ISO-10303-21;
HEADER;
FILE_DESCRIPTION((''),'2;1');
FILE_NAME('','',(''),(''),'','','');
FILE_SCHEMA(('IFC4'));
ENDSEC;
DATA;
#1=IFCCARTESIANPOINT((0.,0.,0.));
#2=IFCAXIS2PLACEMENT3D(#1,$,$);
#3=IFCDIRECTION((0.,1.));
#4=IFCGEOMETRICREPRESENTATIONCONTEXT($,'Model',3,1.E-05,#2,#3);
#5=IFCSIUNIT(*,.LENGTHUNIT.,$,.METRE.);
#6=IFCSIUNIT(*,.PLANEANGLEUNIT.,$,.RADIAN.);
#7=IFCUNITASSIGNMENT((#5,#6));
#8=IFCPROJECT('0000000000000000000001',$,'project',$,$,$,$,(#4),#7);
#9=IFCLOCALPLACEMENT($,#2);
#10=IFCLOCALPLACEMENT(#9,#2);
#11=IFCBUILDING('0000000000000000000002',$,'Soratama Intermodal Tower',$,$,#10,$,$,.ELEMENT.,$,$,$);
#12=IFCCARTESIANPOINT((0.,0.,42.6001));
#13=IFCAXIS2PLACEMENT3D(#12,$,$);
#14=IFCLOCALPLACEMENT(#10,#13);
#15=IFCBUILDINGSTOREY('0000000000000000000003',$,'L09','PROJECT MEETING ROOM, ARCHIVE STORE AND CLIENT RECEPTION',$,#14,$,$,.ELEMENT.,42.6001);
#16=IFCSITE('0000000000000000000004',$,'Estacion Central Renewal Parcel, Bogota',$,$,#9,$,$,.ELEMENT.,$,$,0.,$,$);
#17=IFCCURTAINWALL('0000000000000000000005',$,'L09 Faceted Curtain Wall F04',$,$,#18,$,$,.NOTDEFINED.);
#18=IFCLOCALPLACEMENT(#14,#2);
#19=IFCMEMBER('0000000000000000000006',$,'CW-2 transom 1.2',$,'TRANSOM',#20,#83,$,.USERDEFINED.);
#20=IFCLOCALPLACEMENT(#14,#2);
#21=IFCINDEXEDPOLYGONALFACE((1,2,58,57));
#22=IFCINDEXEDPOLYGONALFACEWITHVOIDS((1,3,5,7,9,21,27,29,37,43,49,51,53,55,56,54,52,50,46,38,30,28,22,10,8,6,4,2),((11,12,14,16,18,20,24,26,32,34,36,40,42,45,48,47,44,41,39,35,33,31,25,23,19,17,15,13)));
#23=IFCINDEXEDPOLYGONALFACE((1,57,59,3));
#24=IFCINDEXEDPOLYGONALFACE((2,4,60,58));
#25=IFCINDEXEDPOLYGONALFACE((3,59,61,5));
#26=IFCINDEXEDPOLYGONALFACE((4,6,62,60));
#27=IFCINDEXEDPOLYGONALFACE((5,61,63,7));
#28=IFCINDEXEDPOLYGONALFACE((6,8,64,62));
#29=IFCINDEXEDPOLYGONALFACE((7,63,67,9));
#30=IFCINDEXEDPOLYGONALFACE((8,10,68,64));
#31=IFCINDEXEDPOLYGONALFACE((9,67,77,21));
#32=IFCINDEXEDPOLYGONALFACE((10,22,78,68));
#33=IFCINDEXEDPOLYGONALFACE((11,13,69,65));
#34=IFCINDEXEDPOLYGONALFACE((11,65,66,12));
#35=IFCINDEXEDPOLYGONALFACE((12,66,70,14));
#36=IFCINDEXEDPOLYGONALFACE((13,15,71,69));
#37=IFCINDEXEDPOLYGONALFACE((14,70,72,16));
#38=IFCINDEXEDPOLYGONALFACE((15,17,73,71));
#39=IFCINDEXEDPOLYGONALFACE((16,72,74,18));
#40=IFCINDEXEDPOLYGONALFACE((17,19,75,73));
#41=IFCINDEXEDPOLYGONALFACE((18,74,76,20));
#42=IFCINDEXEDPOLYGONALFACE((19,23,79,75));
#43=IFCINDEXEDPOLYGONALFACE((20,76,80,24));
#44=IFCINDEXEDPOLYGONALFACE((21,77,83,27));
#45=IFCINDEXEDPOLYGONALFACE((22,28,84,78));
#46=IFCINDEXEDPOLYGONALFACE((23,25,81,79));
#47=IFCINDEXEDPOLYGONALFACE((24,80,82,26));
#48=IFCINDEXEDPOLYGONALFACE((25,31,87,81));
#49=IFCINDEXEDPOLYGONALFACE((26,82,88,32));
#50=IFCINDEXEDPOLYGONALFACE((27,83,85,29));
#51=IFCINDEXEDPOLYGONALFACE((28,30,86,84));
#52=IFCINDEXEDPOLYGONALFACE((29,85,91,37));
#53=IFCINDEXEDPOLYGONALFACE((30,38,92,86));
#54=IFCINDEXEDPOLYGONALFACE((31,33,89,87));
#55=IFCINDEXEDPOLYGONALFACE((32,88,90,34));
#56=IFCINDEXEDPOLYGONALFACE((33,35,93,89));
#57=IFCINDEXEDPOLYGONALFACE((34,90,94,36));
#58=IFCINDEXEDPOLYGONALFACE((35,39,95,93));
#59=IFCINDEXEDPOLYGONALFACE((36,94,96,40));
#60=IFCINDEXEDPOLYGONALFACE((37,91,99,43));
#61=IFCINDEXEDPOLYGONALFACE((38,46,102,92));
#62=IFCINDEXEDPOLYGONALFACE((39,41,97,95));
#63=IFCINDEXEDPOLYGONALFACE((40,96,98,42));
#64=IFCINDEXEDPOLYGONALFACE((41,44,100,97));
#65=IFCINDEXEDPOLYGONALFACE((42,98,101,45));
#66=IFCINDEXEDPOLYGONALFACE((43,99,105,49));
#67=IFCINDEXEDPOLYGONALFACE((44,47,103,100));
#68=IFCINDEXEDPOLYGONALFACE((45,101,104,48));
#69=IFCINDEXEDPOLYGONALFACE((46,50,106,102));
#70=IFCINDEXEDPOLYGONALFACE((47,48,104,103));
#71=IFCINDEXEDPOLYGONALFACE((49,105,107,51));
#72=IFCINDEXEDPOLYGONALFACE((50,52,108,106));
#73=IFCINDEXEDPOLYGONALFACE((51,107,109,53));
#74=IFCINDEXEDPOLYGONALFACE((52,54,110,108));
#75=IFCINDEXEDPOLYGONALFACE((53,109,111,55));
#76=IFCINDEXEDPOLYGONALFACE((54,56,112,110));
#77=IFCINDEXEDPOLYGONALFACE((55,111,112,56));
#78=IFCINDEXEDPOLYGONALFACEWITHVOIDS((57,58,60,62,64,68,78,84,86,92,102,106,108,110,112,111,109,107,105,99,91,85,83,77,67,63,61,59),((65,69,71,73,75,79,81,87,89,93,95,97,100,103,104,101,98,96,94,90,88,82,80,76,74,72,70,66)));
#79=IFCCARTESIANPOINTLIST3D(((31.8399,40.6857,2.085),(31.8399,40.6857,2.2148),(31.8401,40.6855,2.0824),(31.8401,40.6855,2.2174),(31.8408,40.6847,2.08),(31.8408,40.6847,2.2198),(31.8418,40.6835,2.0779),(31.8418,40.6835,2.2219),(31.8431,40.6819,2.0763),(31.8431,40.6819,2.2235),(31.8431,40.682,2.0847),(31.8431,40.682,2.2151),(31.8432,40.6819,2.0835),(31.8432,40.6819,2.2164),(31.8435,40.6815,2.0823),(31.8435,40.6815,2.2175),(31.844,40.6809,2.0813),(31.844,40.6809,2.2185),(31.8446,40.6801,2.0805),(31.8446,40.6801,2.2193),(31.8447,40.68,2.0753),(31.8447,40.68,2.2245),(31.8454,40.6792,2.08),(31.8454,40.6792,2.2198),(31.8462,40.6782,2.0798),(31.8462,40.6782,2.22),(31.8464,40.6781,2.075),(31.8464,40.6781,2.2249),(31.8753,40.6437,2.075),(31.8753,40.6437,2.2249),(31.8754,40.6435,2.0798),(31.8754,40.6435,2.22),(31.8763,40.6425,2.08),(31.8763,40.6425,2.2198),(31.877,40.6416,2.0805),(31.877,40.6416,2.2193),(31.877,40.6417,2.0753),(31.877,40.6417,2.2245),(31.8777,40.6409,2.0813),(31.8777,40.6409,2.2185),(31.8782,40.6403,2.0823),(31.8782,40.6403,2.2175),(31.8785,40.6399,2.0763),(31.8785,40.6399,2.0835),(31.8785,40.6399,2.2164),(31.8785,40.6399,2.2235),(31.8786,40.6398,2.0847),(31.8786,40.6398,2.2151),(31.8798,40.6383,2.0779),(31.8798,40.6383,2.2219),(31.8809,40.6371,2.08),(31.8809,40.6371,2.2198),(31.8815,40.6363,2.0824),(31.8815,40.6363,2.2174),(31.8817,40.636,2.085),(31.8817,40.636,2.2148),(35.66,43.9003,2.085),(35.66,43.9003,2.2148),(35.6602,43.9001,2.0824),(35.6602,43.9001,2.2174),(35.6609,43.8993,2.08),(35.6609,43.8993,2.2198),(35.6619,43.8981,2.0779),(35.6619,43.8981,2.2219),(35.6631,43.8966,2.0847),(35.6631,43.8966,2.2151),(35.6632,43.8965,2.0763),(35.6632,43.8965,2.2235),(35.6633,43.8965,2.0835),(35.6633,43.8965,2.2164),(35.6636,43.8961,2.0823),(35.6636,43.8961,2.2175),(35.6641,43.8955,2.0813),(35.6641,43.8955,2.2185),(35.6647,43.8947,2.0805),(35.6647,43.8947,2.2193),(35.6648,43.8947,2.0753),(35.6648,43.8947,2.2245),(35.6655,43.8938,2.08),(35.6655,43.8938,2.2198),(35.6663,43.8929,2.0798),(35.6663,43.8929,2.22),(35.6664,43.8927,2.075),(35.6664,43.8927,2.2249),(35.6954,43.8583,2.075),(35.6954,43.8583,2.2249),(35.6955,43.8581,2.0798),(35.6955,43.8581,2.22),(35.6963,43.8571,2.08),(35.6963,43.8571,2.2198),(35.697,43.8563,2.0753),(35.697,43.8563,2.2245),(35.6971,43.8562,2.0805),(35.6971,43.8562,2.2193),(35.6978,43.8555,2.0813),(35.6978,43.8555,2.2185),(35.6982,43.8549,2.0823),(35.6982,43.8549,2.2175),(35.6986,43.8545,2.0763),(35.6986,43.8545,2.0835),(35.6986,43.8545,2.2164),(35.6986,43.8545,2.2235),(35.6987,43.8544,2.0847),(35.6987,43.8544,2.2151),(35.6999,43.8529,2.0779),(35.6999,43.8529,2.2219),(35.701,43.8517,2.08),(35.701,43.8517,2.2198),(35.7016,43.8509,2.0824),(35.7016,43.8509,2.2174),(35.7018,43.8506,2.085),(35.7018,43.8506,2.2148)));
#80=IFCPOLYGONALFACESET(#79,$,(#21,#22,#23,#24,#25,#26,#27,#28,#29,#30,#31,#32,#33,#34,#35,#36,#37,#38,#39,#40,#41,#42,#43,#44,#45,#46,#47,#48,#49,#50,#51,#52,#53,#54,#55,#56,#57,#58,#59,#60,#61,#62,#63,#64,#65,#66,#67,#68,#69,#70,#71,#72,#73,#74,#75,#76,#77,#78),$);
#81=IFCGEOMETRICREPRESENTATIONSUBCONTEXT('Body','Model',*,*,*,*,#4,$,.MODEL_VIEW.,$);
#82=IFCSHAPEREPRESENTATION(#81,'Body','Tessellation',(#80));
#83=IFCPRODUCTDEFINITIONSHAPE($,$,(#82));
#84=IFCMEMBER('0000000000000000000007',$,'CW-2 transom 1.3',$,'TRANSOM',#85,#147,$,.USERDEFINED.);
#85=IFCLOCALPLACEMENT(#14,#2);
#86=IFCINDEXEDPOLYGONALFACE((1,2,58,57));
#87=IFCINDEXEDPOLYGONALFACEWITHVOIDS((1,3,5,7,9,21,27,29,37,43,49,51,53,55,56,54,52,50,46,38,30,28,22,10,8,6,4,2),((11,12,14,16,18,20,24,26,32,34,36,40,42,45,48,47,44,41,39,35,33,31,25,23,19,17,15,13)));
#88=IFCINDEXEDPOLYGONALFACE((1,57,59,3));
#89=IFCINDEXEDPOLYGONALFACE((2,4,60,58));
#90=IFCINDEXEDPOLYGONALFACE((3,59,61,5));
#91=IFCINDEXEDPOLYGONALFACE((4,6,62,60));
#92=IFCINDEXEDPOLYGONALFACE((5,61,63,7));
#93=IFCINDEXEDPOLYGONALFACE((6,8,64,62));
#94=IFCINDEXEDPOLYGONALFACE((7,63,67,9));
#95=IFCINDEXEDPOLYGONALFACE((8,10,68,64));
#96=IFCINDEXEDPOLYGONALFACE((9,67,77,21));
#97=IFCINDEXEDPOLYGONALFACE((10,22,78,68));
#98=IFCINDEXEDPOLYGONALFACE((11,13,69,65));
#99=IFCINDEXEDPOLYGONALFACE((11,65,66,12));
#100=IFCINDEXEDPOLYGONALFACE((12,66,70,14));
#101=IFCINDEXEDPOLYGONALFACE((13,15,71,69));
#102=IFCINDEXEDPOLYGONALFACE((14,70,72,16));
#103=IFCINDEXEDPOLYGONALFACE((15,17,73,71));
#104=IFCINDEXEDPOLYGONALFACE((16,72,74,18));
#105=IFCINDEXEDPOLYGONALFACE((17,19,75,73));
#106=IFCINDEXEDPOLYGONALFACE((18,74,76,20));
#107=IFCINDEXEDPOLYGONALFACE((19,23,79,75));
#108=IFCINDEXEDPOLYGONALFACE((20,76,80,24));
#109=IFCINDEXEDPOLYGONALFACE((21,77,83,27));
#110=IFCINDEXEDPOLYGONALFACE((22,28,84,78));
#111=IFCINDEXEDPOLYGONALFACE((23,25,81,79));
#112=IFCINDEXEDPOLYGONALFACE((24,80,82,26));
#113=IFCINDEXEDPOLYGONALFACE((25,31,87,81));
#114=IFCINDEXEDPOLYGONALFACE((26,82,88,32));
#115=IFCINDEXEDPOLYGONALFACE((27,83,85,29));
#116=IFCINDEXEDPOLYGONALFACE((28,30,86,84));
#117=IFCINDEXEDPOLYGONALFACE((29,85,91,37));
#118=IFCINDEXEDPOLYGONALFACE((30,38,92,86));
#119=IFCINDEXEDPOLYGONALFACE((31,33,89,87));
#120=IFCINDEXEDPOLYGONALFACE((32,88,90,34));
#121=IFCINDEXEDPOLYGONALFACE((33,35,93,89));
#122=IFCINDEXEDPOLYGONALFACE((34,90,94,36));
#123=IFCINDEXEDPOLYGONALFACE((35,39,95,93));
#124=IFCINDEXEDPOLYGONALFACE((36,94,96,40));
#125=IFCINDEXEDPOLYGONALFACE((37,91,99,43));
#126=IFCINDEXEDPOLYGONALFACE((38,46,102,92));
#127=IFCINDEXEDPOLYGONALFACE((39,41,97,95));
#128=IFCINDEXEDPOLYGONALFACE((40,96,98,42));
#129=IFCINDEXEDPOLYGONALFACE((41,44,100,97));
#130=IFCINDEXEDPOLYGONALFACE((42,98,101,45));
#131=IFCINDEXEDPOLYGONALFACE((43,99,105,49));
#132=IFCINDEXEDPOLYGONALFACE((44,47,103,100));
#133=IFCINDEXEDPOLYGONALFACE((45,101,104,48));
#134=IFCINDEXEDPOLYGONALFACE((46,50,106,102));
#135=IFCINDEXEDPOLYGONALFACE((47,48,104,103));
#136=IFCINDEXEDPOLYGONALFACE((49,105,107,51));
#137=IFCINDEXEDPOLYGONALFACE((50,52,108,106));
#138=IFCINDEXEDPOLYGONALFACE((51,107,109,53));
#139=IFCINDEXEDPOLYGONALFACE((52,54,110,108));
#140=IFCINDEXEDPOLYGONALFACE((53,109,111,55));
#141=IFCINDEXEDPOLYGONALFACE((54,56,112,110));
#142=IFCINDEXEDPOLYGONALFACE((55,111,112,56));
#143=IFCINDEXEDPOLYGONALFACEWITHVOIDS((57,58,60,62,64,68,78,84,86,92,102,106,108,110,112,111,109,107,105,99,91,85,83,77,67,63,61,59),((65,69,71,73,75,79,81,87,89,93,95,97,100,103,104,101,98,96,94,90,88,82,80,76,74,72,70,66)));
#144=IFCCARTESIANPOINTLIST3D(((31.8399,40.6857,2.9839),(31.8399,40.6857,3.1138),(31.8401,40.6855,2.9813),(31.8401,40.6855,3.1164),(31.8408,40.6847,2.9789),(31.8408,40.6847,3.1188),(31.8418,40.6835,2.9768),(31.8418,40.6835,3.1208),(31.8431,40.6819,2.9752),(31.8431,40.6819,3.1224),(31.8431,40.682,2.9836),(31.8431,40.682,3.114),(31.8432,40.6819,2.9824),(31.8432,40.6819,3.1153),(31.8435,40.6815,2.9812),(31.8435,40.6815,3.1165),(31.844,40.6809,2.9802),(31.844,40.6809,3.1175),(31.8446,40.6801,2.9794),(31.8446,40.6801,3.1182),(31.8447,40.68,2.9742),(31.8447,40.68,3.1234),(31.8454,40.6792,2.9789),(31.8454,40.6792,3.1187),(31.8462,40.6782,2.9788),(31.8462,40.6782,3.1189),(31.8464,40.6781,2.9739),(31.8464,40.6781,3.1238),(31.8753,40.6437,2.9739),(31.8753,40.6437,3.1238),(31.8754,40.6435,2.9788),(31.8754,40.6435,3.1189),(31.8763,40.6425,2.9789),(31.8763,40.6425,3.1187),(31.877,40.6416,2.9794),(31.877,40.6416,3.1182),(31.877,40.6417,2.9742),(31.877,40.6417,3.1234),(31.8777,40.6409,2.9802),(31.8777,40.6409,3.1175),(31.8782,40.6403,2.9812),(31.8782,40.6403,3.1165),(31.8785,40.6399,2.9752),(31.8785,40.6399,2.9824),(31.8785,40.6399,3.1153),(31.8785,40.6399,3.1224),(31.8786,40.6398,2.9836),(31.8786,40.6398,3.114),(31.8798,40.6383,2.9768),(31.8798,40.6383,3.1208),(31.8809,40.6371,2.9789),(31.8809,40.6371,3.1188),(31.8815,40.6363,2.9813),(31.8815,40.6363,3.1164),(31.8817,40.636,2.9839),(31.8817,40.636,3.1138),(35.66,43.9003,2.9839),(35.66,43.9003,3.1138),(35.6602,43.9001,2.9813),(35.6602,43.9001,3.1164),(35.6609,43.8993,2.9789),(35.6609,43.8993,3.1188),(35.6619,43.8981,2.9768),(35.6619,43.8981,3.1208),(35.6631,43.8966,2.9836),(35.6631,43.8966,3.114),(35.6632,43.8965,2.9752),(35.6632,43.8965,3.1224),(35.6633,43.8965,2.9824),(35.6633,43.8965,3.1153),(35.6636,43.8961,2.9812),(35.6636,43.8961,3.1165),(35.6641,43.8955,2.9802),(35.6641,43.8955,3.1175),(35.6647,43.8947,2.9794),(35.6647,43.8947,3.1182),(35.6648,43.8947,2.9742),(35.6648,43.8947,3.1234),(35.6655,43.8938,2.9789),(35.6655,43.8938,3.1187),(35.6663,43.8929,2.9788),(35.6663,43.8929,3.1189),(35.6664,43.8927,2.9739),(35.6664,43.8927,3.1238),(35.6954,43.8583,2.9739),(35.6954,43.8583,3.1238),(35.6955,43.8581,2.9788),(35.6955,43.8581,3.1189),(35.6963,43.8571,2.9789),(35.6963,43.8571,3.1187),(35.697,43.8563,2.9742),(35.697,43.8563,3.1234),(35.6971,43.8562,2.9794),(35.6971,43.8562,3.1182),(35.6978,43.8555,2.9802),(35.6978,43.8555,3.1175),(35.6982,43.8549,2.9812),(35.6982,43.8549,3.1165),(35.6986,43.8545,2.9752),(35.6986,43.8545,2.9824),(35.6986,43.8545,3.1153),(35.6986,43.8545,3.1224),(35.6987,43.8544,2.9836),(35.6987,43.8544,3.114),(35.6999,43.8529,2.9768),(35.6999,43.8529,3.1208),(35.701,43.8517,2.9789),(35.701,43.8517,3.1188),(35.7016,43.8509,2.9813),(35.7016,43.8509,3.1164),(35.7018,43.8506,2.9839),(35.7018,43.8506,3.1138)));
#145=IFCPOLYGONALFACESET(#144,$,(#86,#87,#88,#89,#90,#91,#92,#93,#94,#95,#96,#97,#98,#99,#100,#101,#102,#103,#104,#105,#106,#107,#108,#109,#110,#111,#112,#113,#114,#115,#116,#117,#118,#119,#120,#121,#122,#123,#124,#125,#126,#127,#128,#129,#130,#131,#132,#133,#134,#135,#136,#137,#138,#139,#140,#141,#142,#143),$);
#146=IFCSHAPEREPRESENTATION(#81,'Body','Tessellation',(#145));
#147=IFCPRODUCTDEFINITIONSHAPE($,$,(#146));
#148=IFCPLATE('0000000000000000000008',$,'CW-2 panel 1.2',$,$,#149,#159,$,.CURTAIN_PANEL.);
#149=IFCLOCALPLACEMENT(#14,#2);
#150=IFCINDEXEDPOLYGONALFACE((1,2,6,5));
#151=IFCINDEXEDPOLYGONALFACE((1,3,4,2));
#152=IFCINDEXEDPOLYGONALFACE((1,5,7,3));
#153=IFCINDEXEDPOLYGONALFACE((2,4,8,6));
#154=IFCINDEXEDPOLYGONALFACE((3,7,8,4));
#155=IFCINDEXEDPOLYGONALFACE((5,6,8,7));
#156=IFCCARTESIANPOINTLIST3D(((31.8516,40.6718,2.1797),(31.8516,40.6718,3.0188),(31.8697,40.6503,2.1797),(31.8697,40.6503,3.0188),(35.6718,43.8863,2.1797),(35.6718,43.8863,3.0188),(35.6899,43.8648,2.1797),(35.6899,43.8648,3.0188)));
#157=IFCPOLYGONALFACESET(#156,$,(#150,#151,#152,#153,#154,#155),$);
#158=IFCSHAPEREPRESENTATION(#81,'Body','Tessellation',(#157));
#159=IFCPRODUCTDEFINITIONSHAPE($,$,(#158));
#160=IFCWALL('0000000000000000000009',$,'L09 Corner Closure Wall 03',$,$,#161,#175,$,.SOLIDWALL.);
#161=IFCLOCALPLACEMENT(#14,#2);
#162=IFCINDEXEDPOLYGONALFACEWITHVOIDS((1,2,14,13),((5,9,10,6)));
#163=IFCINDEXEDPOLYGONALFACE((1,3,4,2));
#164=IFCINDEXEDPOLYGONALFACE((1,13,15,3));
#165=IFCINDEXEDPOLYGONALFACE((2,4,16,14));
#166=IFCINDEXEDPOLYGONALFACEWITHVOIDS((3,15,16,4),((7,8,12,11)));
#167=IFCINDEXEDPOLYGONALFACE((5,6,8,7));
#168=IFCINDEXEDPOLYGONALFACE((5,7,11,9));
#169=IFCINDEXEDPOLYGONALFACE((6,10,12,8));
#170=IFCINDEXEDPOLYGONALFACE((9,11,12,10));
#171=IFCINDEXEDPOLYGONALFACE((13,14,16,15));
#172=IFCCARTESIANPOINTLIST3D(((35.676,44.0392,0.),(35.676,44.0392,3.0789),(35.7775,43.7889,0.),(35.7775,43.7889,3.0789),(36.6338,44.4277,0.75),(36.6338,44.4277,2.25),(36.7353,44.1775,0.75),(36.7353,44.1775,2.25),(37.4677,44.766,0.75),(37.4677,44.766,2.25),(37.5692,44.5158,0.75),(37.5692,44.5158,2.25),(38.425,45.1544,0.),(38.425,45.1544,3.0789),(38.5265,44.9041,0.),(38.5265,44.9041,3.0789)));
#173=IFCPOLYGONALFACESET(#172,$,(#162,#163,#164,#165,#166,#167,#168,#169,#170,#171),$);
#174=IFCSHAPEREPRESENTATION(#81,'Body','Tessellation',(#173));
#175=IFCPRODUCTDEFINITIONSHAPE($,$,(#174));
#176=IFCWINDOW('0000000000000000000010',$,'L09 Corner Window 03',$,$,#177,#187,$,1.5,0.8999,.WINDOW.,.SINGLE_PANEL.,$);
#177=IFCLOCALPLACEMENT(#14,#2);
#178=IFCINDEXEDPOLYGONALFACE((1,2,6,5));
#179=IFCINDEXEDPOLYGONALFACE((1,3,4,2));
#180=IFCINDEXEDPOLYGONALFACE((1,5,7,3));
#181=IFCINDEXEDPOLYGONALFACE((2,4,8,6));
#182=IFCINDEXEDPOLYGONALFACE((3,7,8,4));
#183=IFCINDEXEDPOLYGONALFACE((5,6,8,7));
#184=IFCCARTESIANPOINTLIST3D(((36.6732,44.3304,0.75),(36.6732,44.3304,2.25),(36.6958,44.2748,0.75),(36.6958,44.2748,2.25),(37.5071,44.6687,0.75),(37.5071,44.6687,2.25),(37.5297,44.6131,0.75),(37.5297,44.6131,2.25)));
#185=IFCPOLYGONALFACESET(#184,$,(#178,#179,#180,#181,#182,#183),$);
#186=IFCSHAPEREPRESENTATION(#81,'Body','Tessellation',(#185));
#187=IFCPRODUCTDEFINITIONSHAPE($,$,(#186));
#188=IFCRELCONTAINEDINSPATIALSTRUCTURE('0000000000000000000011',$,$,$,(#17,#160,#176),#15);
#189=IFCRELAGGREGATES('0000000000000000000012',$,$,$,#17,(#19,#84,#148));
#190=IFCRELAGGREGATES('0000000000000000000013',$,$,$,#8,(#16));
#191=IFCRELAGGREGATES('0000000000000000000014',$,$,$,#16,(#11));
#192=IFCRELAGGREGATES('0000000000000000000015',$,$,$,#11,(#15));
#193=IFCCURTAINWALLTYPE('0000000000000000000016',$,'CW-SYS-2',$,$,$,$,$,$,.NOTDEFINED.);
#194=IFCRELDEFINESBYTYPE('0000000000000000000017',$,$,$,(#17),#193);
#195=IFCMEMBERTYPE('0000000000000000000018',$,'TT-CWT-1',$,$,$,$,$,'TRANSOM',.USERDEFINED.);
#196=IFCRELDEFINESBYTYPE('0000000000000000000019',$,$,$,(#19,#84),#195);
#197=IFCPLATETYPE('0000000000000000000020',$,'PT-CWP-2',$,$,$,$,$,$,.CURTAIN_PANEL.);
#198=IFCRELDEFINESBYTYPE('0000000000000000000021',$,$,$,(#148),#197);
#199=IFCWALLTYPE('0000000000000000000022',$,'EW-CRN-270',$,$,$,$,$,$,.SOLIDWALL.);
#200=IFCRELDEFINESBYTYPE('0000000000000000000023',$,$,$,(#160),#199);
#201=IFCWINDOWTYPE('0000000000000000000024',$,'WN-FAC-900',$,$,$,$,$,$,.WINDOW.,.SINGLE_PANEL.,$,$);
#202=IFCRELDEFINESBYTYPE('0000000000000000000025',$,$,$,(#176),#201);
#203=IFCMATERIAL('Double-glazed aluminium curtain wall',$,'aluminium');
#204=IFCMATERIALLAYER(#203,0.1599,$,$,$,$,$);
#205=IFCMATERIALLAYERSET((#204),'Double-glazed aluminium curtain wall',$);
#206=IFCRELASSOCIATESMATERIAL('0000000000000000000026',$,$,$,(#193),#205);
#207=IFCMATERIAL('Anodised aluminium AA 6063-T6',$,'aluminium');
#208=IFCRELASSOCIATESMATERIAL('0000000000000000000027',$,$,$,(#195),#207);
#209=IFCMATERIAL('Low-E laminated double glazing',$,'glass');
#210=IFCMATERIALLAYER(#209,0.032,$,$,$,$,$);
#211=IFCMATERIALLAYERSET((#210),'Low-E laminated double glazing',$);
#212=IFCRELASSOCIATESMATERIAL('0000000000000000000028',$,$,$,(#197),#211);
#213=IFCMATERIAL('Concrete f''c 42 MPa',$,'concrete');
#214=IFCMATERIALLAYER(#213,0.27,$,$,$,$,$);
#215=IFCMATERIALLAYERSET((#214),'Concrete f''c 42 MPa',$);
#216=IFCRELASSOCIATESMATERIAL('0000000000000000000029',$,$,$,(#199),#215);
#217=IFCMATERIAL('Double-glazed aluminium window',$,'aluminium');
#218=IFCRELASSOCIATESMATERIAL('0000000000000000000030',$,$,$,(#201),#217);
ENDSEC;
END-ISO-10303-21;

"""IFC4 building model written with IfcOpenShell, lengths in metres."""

from ifc_helpers import new_model, si_unit, direction, frame, frame_2d, origin, origin_2d, place, context, subcontext, project, spatial, rectangle, hollow_rectangle, extrude, material, layer, layer_set, material_profile, profile_set, type_object, element, fill, aggregate, save


model = new_model("IFC4")

# Units and contexts
model_context = context("Model", 3, precision=1e-05, world=origin(), true_north=direction((0.0, 1.0)))
body_context = subcontext(model_context, "Body", "Model", "MODEL_VIEW")
ifc_project = project(units=[si_unit("LENGTHUNIT", "METRE"), si_unit("PLANEANGLEUNIT", "RADIAN")], contexts=[model_context])

# Site, building, storey
site_placement = place(None, origin())
site = spatial("IfcSite", under=ifc_project, at=site_placement, Name="Estacion Central Renewal Parcel, Bogota", CompositionType="ELEMENT", RefElevation=0.0)
building_placement = place(site_placement, origin())
building = spatial("IfcBuilding", under=site, at=building_placement, Name="Soratama Intermodal Tower", CompositionType="ELEMENT")
storey_placement = place(building_placement, frame((0.0, 0.0, 42.6001)))
storey = spatial("IfcBuildingStorey", under=building, at=storey_placement, Name="L09", Description="PROJECT MEETING ROOM, ARCHIVE STORE AND CLIENT RECEPTION", CompositionType="ELEMENT", Elevation=42.6001)

# Curtain wall, members, plate
ifc_material_1 = material(Name="Double-glazed aluminium curtain wall", Category="aluminium")
ifc_layer_1 = layer(ifc_material_1, 0.1599)
ifc_layer_set_1 = layer_set([ifc_layer_1], Name="Double-glazed aluminium curtain wall")
curtain_wall_type = type_object("IfcCurtainWallType", Name="CW-SYS-2", PredefinedType="NOTDEFINED", material=ifc_layer_set_1)
curtain_wall_placement = place(storey_placement, origin())
curtain_wall = element("IfcCurtainWall", 1, at=curtain_wall_placement, inside=storey, type_object=curtain_wall_type, Name="L09 Faceted Curtain Wall F04", PredefinedType="NOTDEFINED")
ifc_material_2 = material(Name="Anodised aluminium AA 6063-T6", Category="aluminium")
ifc_material_profile_1 = material_profile(ifc_material_2, hollow_rectangle(XDim=0.0649, YDim=0.1499, WallThickness=0.0049, InnerFilletRadius=0.0049, OuterFilletRadius=0.01, at=origin_2d()), Name="CWT150X65X5")
ifc_profile_set_1 = profile_set([ifc_material_profile_1], Name="Anodised aluminium AA 6063-T6")
member_type_1 = type_object("IfcMemberType", Name="TT-CWT-1", ElementType="TRANSOM", PredefinedType="USERDEFINED", material=ifc_profile_set_1)
member_1_placement = place(storey_placement, frame((35.6809, 43.8755, 2.1499), z_axis=(-0.765138, -0.643866, 0.0), x_axis=(0.643866, -0.765138, 0.0)))
member_1 = element("IfcMember", 2, at=member_1_placement, type_object=member_type_1, Name="CW-2 transom 1.2", ObjectType="TRANSOM", PredefinedType="USERDEFINED", context=body_context, shape_type="SweptSolid", body=[
    extrude(hollow_rectangle(XDim=0.0649, YDim=0.1499, WallThickness=0.0049, InnerFilletRadius=0.0049, OuterFilletRadius=0.01, at=origin_2d()), origin(), (0.0, 0.0, 1.0), 4.9927),
])
member_2_placement = place(storey_placement, frame((35.6809, 43.8755, 3.0488), z_axis=(-0.765138, -0.643866, 0.0), x_axis=(0.643866, -0.765138, 0.0)))
member_2 = element("IfcMember", 3, at=member_2_placement, type_object=member_type_1, Name="CW-2 transom 1.3", ObjectType="TRANSOM", PredefinedType="USERDEFINED", context=body_context, shape_type="SweptSolid", body=[
    extrude(hollow_rectangle(XDim=0.0649, YDim=0.1499, WallThickness=0.0049, InnerFilletRadius=0.0049, OuterFilletRadius=0.01, at=origin_2d()), origin(), (0.0, 0.0, 1.0), 4.9927),
])
ifc_material_3 = material(Name="Low-E laminated double glazing", Category="glass")
ifc_layer_2 = layer(ifc_material_3, 0.032)
ifc_layer_set_2 = layer_set([ifc_layer_2], Name="Low-E laminated double glazing")
plate_type = type_object("IfcPlateType", Name="PT-CWP-2", PredefinedType="CURTAIN_PANEL", material=ifc_layer_set_2)
plate_placement = place(storey_placement, frame((33.7708, 42.2683, 2.1797), z_axis=(0.0, 0.0, 1.0), x_axis=(-0.765149, -0.643853, 0.0)))
plate = element("IfcPlate", 4, at=plate_placement, type_object=plate_type, Name="CW-2 panel 1.2", PredefinedType="CURTAIN_PANEL", context=body_context, shape_type="SweptSolid", body=[
    extrude(rectangle(XDim=4.9927, YDim=0.0281, at=origin_2d()), origin(), (0.0, 0.0, 1.0), 0.8391),
])
aggregate(curtain_wall, [member_1, member_2, plate])

# Wall, opening, window
ifc_material_4 = material(Name="Concrete f'c 42 MPa", Category="concrete")
ifc_layer_3 = layer(ifc_material_4, 0.27)
ifc_layer_set_3 = layer_set([ifc_layer_3], Name="Concrete f'c 42 MPa")
wall_type_1 = type_object("IfcWallType", Name="EW-CRN-270", PredefinedType="SOLIDWALL", material=ifc_layer_set_3)
wall_1_placement = place(storey_placement, frame((38.4758, 45.0293, 0.0), z_axis=(0.0, 0.0, 1.0), x_axis=(-0.926649, -0.375927, 0.0)))
wall_1 = element("IfcWall", 5, at=wall_1_placement, inside=storey, type_object=wall_type_1, Name="L09 Corner Closure Wall 03", PredefinedType="SOLIDWALL", context=body_context, shape_type="SweptSolid", body=[
    extrude(rectangle(XDim=2.9666, YDim=0.27, at=frame_2d((1.4834, 0.0))), origin(), (0.0, 0.0, 1.0), 3.0789),
])
opening_1_placement = place(wall_1_placement, frame((1.0332, 0.0, 0.75)))
opening_1 = element("IfcOpeningElement", 6, at=opening_1_placement, cuts=wall_1, PredefinedType="OPENING", context=body_context, shape_type="SweptSolid", body=[
    extrude(rectangle(XDim=0.8999, YDim=1.5, at=frame_2d((0.45, 0.75))), frame((0.0, 0.145, 0.0), z_axis=(0.0, -1.0, 0.0), x_axis=(1.0, 0.0, 0.0)), (0.0, 0.0, 1.0), 0.29),
])
ifc_material_5 = material(Name="Double-glazed aluminium window", Category="aluminium")
window_type = type_object("IfcWindowType", Name="WN-FAC-900", PartitioningType="SINGLE_PANEL", PredefinedType="WINDOW", material=ifc_material_5)
window_placement = place(opening_1_placement, origin())
window = element("IfcWindow", 7, at=window_placement, inside=storey, type_object=window_type, Name="L09 Corner Window 03", OverallHeight=1.5, OverallWidth=0.8999, PartitioningType="SINGLE_PANEL", PredefinedType="WINDOW", context=body_context, shape_type="SweptSolid", body=[
    extrude(rectangle(XDim=0.8999, YDim=1.5, at=frame_2d((0.45, 0.75))), frame((0.0, 0.03, 0.0), z_axis=(0.0, -1.0, 0.0), x_axis=(1.0, 0.0, 0.0)), (0.0, 0.0, 1.0), 0.0601),
])
fill(opening_1, window)

save(model, "model.ifc")
